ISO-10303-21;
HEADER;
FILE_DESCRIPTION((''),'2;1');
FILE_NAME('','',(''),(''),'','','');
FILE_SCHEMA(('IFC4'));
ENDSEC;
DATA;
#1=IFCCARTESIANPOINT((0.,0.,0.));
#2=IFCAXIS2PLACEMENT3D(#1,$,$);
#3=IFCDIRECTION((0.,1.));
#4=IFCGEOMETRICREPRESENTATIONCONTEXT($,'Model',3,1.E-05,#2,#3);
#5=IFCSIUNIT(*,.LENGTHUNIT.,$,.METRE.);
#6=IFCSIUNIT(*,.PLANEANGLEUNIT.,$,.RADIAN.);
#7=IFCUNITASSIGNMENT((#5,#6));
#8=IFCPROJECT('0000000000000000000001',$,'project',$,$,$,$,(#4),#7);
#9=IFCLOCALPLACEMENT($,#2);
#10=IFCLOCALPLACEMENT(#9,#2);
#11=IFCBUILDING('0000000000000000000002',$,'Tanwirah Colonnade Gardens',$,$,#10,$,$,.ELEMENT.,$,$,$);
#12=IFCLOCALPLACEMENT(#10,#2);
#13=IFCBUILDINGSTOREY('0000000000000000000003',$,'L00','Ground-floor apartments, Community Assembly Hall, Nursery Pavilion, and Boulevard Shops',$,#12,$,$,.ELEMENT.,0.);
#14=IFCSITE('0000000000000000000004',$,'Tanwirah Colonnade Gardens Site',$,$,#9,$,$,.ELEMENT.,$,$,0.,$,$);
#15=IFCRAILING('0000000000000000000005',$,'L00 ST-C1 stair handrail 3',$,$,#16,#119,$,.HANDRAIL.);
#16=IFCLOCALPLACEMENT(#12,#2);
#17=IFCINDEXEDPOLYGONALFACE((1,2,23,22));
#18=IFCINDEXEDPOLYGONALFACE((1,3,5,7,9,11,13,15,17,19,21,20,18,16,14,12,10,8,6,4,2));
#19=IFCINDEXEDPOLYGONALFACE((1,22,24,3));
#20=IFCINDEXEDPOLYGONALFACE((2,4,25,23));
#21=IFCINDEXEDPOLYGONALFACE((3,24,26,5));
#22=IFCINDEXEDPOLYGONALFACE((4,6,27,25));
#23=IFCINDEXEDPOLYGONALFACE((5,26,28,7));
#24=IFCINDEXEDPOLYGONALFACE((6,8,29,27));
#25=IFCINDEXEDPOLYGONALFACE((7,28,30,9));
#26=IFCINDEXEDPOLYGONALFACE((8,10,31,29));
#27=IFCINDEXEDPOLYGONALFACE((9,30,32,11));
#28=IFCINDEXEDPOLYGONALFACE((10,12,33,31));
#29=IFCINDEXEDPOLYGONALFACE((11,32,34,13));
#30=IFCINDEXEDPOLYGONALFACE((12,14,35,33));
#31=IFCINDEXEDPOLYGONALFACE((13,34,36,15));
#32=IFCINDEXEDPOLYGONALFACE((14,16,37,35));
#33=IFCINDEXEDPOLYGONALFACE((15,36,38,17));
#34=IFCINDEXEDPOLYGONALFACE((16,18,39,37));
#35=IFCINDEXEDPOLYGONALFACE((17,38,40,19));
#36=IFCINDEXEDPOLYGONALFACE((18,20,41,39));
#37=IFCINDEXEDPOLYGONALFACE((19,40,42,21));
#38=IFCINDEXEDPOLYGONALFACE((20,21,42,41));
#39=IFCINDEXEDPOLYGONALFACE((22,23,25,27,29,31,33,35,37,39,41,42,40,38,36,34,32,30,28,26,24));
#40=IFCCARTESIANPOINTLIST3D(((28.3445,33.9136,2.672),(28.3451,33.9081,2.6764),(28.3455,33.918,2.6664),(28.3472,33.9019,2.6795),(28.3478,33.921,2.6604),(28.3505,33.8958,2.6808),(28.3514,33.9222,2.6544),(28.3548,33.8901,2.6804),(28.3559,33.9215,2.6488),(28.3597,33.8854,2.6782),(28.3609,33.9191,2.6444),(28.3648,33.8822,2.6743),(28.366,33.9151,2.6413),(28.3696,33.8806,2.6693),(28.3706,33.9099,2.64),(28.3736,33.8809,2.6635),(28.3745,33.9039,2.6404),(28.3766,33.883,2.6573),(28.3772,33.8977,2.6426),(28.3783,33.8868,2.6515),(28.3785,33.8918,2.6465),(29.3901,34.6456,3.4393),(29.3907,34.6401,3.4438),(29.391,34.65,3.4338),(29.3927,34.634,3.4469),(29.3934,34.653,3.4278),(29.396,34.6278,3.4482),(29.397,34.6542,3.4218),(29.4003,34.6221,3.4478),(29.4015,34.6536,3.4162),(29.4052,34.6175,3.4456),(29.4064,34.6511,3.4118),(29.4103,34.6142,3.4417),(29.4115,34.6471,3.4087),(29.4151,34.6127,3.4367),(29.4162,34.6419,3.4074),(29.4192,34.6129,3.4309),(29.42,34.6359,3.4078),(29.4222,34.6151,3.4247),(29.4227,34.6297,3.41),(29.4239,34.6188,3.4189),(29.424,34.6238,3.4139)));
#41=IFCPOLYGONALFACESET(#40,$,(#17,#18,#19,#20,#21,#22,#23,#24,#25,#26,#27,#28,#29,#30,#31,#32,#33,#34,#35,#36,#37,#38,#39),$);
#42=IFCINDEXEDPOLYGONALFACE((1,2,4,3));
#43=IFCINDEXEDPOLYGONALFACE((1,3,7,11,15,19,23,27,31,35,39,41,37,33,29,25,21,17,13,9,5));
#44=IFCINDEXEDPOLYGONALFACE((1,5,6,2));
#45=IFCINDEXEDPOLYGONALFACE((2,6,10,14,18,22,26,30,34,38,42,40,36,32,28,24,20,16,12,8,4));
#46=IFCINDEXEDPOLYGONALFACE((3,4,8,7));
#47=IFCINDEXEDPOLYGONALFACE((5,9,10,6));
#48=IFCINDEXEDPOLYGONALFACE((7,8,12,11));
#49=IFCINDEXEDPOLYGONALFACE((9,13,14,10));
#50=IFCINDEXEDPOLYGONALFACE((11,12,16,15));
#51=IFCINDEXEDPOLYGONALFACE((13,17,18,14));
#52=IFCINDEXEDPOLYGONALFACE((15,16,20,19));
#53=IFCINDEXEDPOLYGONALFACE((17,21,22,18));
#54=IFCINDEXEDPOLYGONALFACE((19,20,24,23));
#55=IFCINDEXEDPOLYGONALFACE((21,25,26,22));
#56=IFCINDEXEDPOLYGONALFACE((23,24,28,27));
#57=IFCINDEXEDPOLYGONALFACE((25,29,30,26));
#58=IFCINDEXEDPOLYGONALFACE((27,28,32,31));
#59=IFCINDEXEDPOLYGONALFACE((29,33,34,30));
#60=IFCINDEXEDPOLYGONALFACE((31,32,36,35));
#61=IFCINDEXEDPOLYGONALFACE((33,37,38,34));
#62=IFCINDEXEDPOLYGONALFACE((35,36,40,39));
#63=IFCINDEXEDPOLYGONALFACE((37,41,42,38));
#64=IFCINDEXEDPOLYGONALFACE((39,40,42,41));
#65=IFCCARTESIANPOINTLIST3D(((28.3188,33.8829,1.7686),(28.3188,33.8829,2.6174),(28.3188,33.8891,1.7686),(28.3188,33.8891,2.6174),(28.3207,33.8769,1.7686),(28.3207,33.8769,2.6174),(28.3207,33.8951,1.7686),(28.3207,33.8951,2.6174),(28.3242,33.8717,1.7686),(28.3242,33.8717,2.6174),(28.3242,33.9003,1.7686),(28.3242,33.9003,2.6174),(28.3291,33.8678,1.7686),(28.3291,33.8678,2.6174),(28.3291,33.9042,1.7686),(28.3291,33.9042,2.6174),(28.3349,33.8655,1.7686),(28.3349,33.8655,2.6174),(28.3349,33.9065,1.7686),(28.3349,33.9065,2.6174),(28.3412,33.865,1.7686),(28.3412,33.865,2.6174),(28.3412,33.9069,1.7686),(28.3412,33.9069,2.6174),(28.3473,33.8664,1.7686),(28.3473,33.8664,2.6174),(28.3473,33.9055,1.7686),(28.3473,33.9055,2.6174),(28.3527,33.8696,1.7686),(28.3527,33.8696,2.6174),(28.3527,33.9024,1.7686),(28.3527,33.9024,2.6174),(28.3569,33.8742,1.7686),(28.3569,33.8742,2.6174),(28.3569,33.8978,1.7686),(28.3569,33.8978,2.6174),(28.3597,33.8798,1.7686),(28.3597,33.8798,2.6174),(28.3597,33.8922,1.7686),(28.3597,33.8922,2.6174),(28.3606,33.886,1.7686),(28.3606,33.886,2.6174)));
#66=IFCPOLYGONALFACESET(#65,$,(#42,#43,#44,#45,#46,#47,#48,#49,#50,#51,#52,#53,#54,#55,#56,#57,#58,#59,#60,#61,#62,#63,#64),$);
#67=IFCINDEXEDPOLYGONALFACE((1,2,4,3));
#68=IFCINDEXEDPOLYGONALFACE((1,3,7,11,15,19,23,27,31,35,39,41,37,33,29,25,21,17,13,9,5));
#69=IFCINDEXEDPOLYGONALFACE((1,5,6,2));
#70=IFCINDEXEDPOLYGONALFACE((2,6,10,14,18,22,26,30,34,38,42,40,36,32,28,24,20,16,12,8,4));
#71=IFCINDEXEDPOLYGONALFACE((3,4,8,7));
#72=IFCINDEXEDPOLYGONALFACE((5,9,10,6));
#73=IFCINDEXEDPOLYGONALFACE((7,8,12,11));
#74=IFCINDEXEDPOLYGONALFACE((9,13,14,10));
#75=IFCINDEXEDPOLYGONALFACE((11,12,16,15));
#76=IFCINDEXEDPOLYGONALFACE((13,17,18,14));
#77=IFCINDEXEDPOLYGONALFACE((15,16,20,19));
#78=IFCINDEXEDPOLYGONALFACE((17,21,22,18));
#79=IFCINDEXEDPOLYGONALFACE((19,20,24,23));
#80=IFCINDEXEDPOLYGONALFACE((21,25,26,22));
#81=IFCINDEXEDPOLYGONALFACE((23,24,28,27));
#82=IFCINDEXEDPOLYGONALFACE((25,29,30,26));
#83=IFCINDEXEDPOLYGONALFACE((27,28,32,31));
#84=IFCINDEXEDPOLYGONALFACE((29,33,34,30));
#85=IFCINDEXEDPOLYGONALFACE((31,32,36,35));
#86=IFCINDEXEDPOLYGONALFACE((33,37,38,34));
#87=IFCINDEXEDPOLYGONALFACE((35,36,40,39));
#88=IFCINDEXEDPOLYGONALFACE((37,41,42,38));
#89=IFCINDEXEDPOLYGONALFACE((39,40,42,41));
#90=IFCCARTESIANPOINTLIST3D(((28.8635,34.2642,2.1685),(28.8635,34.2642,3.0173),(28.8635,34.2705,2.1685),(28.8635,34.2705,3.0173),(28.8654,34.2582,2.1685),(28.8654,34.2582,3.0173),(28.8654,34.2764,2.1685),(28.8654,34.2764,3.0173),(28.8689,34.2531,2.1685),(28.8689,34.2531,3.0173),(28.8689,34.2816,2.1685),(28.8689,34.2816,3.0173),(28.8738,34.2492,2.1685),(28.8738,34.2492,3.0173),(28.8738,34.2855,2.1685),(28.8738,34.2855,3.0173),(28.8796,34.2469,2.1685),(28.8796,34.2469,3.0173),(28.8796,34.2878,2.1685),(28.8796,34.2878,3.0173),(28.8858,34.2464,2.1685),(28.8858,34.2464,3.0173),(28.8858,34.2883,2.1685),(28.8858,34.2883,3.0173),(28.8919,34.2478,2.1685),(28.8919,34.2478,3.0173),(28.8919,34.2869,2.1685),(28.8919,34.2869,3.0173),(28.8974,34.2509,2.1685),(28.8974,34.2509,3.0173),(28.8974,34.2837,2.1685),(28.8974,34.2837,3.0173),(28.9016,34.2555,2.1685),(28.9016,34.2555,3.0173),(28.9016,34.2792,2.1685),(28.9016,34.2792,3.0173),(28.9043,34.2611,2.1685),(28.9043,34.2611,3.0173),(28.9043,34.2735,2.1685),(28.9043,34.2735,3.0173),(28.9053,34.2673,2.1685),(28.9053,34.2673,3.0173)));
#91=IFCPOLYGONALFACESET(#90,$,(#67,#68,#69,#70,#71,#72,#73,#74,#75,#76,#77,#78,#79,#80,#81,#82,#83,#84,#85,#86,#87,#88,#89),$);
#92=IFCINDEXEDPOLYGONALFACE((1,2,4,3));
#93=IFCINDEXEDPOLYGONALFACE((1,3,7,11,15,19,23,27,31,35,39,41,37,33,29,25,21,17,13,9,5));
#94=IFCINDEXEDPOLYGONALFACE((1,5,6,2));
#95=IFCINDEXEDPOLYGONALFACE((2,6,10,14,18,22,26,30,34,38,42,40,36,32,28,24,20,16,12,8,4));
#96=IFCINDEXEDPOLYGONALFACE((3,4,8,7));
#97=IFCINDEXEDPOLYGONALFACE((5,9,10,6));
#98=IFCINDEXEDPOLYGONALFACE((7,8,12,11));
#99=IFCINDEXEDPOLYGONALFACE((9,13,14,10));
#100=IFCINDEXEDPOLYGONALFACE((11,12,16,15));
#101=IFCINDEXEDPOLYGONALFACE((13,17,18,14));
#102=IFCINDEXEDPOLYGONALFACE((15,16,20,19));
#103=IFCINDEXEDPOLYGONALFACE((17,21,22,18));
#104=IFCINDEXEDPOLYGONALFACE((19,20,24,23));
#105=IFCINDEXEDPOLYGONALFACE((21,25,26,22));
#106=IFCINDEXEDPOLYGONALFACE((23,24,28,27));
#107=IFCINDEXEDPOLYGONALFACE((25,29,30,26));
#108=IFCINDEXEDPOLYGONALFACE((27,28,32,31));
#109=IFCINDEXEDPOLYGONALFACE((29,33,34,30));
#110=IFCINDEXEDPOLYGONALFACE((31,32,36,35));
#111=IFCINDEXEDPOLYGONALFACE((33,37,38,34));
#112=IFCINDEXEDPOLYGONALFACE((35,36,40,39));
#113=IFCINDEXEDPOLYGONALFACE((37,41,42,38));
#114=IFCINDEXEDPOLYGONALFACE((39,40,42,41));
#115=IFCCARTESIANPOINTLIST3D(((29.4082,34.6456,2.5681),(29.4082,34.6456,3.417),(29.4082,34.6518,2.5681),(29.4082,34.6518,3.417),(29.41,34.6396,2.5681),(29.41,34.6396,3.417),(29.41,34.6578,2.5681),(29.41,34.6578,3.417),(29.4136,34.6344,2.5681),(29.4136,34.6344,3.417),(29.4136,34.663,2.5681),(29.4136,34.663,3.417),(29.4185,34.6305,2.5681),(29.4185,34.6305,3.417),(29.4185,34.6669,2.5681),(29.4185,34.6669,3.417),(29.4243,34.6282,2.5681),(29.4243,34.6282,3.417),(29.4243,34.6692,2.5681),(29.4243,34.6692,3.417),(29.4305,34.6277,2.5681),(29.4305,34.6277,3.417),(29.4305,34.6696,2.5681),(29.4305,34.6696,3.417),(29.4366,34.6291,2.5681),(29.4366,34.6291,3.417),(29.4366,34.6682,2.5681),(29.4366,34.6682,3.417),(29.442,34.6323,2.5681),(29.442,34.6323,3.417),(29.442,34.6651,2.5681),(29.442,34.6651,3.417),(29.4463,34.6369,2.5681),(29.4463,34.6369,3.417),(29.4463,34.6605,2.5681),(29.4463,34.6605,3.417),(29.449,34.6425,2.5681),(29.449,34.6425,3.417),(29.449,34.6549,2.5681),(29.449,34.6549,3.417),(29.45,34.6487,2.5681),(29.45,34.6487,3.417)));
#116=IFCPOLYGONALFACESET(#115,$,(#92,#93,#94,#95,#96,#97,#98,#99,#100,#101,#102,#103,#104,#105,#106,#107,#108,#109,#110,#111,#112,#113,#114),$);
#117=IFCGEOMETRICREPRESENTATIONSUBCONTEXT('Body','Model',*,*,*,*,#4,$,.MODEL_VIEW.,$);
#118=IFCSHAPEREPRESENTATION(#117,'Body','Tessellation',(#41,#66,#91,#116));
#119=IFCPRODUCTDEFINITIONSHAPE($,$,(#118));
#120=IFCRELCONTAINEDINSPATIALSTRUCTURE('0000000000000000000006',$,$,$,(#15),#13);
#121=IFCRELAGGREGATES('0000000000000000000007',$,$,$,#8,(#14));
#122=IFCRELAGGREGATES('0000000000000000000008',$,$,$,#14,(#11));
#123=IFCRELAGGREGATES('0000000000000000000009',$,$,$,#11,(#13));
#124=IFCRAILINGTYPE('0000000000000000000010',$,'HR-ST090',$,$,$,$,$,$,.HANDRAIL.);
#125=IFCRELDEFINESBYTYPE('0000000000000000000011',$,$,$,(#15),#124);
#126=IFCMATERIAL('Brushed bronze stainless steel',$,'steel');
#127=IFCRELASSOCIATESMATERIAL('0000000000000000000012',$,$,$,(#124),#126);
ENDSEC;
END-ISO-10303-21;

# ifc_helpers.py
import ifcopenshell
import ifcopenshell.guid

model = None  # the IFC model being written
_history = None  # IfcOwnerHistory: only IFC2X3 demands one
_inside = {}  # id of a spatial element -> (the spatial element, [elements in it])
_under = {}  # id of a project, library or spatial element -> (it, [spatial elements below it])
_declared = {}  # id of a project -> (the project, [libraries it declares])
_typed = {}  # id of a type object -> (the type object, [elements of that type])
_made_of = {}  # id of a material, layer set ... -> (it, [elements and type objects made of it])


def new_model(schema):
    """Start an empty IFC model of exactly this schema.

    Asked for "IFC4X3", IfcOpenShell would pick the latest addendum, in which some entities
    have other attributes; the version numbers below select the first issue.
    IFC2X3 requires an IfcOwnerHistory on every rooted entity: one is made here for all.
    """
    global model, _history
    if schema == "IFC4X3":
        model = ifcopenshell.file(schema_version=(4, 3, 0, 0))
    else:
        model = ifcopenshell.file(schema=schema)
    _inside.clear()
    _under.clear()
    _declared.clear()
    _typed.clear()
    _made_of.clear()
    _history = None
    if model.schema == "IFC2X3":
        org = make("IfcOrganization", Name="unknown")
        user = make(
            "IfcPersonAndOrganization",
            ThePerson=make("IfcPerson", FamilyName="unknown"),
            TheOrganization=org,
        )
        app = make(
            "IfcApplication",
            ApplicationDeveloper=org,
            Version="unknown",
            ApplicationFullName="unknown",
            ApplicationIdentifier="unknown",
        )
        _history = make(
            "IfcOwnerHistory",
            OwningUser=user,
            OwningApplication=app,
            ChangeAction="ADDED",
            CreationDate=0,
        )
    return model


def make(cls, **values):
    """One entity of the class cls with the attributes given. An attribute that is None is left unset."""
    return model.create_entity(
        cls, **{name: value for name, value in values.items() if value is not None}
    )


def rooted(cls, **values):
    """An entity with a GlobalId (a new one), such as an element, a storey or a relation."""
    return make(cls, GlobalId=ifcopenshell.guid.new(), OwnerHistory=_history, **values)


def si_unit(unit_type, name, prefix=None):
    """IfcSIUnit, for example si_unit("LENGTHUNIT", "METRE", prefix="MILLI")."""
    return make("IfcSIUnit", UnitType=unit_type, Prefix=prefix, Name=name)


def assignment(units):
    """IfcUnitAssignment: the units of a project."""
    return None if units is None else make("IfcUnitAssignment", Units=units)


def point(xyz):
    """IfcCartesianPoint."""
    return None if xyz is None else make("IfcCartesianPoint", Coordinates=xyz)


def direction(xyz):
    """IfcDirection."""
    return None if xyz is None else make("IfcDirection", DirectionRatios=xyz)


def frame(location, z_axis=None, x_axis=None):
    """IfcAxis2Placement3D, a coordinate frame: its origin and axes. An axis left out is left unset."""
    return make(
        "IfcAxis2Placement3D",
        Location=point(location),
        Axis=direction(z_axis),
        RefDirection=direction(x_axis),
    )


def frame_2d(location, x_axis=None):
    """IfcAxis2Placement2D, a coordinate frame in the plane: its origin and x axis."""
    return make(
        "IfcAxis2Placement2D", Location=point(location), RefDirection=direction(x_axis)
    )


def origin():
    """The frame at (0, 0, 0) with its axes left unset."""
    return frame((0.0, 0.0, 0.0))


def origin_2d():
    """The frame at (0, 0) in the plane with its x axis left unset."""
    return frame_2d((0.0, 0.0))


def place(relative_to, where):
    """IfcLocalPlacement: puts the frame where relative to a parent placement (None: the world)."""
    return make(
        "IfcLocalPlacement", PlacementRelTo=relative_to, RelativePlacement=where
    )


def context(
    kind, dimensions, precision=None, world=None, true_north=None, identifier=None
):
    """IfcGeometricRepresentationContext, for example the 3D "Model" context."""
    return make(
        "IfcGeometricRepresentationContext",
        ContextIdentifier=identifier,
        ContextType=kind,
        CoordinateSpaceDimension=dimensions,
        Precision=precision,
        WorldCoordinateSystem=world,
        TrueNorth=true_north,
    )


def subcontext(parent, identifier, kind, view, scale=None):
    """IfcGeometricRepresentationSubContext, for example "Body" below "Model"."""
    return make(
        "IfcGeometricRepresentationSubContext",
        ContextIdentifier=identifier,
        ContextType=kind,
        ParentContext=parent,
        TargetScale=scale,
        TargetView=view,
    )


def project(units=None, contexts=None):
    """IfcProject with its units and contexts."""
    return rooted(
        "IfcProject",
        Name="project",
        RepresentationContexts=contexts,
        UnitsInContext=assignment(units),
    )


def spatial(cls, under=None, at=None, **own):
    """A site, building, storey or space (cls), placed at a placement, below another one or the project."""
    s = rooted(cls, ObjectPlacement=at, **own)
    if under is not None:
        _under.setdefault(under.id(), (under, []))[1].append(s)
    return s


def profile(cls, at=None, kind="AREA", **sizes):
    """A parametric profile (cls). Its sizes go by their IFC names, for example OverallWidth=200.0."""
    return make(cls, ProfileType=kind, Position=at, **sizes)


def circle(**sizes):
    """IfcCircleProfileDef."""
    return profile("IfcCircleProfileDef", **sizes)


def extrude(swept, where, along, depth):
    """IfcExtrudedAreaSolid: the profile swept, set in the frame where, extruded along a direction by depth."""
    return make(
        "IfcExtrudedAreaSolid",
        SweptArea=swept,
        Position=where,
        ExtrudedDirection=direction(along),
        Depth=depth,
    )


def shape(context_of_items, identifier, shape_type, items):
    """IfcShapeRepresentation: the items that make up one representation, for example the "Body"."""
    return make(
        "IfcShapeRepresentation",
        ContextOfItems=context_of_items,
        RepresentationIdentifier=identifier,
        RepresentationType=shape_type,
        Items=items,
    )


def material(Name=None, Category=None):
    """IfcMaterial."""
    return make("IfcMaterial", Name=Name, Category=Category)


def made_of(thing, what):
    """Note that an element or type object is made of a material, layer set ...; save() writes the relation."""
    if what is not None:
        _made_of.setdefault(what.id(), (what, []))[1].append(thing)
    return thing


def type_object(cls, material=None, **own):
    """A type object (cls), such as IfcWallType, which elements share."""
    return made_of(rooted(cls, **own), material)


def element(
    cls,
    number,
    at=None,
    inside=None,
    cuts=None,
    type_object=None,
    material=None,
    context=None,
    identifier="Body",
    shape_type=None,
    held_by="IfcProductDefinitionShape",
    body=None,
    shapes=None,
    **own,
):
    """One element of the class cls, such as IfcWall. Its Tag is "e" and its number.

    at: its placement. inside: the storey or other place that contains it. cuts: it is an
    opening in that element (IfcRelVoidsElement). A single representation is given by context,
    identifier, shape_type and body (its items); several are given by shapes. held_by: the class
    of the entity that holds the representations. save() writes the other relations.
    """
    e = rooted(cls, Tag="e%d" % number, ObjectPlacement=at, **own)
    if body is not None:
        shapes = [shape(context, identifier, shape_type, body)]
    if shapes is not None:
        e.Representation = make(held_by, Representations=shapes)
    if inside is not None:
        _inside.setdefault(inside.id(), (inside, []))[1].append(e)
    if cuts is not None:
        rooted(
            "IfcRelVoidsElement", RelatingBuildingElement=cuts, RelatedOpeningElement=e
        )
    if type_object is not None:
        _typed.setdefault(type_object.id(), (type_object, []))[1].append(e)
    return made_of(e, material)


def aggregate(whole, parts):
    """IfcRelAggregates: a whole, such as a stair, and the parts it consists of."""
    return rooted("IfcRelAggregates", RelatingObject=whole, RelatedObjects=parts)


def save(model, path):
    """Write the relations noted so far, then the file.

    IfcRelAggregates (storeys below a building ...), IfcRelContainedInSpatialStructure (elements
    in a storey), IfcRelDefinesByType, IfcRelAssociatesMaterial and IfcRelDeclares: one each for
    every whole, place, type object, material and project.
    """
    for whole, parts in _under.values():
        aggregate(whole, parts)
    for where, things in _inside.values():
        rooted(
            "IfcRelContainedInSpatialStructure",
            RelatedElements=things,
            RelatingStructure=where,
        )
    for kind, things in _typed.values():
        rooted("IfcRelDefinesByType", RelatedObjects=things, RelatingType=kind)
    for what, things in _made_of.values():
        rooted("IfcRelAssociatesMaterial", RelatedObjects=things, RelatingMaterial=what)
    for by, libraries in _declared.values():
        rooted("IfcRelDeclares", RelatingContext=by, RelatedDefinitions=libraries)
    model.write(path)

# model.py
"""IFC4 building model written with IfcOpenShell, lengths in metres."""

from ifc_helpers import new_model, si_unit, direction, frame, origin, origin_2d, place, context, subcontext, project, spatial, circle, extrude, material, type_object, element, save


model = new_model("IFC4")

# Units and contexts
model_context = context("Model", 3, precision=1e-05, world=origin(), true_north=direction((0.0, 1.0)))
body_context = subcontext(model_context, "Body", "Model", "MODEL_VIEW")
ifc_project = project(units=[si_unit("LENGTHUNIT", "METRE"), si_unit("PLANEANGLEUNIT", "RADIAN")], contexts=[model_context])

# Site, building, storey
site_placement = place(None, origin())
site = spatial("IfcSite", under=ifc_project, at=site_placement, Name="Tanwirah Colonnade Gardens Site", CompositionType="ELEMENT", RefElevation=0.0)
building_placement = place(site_placement, origin())
building = spatial("IfcBuilding", under=site, at=building_placement, Name="Tanwirah Colonnade Gardens", CompositionType="ELEMENT")
storey_placement = place(building_placement, origin())
storey = spatial("IfcBuildingStorey", under=building, at=storey_placement, Name="L00", Description="Ground-floor apartments, Community Assembly Hall, Nursery Pavilion, and Boulevard Shops", CompositionType="ELEMENT", Elevation=0.0)

# Railing
ifc_material_1 = material(Name="Brushed bronze stainless steel", Category="steel")
railing_type_1 = type_object("IfcRailingType", Name="HR-ST090", PredefinedType="HANDRAIL", material=ifc_material_1)
railing_1_placement = place(storey_placement, frame((28.3396, 33.886, 1.7686)))
element("IfcRailing", 1, at=railing_1_placement, inside=storey, type_object=railing_type_1, Name="L00 ST-C1 stair handrail 3", PredefinedType="HANDRAIL", context=body_context, shape_type="SweptSolid", body=[
    extrude(circle(Radius=0.0239, at=origin_2d()), frame((0.022, 0.0154, 0.8918), z_axis=(0.702051, 0.49153, 0.515289), x_axis=(-0.573536, 0.81918, 0.0)), (0.0, 0.0, 1.0), 1.4893),
    extrude(circle(Radius=0.021, at=origin_2d()), origin(), (0.0, 0.0, 1.0), 0.8489),
    extrude(circle(Radius=0.021, at=origin_2d()), frame((0.5447, 0.3813, 0.3999)), (0.0, 0.0, 1.0), 0.8489),
    extrude(circle(Radius=0.021, at=origin_2d()), frame((1.0894, 0.7627, 0.7996)), (0.0, 0.0, 1.0), 0.8489),
])

save(model, "model.ifc")
